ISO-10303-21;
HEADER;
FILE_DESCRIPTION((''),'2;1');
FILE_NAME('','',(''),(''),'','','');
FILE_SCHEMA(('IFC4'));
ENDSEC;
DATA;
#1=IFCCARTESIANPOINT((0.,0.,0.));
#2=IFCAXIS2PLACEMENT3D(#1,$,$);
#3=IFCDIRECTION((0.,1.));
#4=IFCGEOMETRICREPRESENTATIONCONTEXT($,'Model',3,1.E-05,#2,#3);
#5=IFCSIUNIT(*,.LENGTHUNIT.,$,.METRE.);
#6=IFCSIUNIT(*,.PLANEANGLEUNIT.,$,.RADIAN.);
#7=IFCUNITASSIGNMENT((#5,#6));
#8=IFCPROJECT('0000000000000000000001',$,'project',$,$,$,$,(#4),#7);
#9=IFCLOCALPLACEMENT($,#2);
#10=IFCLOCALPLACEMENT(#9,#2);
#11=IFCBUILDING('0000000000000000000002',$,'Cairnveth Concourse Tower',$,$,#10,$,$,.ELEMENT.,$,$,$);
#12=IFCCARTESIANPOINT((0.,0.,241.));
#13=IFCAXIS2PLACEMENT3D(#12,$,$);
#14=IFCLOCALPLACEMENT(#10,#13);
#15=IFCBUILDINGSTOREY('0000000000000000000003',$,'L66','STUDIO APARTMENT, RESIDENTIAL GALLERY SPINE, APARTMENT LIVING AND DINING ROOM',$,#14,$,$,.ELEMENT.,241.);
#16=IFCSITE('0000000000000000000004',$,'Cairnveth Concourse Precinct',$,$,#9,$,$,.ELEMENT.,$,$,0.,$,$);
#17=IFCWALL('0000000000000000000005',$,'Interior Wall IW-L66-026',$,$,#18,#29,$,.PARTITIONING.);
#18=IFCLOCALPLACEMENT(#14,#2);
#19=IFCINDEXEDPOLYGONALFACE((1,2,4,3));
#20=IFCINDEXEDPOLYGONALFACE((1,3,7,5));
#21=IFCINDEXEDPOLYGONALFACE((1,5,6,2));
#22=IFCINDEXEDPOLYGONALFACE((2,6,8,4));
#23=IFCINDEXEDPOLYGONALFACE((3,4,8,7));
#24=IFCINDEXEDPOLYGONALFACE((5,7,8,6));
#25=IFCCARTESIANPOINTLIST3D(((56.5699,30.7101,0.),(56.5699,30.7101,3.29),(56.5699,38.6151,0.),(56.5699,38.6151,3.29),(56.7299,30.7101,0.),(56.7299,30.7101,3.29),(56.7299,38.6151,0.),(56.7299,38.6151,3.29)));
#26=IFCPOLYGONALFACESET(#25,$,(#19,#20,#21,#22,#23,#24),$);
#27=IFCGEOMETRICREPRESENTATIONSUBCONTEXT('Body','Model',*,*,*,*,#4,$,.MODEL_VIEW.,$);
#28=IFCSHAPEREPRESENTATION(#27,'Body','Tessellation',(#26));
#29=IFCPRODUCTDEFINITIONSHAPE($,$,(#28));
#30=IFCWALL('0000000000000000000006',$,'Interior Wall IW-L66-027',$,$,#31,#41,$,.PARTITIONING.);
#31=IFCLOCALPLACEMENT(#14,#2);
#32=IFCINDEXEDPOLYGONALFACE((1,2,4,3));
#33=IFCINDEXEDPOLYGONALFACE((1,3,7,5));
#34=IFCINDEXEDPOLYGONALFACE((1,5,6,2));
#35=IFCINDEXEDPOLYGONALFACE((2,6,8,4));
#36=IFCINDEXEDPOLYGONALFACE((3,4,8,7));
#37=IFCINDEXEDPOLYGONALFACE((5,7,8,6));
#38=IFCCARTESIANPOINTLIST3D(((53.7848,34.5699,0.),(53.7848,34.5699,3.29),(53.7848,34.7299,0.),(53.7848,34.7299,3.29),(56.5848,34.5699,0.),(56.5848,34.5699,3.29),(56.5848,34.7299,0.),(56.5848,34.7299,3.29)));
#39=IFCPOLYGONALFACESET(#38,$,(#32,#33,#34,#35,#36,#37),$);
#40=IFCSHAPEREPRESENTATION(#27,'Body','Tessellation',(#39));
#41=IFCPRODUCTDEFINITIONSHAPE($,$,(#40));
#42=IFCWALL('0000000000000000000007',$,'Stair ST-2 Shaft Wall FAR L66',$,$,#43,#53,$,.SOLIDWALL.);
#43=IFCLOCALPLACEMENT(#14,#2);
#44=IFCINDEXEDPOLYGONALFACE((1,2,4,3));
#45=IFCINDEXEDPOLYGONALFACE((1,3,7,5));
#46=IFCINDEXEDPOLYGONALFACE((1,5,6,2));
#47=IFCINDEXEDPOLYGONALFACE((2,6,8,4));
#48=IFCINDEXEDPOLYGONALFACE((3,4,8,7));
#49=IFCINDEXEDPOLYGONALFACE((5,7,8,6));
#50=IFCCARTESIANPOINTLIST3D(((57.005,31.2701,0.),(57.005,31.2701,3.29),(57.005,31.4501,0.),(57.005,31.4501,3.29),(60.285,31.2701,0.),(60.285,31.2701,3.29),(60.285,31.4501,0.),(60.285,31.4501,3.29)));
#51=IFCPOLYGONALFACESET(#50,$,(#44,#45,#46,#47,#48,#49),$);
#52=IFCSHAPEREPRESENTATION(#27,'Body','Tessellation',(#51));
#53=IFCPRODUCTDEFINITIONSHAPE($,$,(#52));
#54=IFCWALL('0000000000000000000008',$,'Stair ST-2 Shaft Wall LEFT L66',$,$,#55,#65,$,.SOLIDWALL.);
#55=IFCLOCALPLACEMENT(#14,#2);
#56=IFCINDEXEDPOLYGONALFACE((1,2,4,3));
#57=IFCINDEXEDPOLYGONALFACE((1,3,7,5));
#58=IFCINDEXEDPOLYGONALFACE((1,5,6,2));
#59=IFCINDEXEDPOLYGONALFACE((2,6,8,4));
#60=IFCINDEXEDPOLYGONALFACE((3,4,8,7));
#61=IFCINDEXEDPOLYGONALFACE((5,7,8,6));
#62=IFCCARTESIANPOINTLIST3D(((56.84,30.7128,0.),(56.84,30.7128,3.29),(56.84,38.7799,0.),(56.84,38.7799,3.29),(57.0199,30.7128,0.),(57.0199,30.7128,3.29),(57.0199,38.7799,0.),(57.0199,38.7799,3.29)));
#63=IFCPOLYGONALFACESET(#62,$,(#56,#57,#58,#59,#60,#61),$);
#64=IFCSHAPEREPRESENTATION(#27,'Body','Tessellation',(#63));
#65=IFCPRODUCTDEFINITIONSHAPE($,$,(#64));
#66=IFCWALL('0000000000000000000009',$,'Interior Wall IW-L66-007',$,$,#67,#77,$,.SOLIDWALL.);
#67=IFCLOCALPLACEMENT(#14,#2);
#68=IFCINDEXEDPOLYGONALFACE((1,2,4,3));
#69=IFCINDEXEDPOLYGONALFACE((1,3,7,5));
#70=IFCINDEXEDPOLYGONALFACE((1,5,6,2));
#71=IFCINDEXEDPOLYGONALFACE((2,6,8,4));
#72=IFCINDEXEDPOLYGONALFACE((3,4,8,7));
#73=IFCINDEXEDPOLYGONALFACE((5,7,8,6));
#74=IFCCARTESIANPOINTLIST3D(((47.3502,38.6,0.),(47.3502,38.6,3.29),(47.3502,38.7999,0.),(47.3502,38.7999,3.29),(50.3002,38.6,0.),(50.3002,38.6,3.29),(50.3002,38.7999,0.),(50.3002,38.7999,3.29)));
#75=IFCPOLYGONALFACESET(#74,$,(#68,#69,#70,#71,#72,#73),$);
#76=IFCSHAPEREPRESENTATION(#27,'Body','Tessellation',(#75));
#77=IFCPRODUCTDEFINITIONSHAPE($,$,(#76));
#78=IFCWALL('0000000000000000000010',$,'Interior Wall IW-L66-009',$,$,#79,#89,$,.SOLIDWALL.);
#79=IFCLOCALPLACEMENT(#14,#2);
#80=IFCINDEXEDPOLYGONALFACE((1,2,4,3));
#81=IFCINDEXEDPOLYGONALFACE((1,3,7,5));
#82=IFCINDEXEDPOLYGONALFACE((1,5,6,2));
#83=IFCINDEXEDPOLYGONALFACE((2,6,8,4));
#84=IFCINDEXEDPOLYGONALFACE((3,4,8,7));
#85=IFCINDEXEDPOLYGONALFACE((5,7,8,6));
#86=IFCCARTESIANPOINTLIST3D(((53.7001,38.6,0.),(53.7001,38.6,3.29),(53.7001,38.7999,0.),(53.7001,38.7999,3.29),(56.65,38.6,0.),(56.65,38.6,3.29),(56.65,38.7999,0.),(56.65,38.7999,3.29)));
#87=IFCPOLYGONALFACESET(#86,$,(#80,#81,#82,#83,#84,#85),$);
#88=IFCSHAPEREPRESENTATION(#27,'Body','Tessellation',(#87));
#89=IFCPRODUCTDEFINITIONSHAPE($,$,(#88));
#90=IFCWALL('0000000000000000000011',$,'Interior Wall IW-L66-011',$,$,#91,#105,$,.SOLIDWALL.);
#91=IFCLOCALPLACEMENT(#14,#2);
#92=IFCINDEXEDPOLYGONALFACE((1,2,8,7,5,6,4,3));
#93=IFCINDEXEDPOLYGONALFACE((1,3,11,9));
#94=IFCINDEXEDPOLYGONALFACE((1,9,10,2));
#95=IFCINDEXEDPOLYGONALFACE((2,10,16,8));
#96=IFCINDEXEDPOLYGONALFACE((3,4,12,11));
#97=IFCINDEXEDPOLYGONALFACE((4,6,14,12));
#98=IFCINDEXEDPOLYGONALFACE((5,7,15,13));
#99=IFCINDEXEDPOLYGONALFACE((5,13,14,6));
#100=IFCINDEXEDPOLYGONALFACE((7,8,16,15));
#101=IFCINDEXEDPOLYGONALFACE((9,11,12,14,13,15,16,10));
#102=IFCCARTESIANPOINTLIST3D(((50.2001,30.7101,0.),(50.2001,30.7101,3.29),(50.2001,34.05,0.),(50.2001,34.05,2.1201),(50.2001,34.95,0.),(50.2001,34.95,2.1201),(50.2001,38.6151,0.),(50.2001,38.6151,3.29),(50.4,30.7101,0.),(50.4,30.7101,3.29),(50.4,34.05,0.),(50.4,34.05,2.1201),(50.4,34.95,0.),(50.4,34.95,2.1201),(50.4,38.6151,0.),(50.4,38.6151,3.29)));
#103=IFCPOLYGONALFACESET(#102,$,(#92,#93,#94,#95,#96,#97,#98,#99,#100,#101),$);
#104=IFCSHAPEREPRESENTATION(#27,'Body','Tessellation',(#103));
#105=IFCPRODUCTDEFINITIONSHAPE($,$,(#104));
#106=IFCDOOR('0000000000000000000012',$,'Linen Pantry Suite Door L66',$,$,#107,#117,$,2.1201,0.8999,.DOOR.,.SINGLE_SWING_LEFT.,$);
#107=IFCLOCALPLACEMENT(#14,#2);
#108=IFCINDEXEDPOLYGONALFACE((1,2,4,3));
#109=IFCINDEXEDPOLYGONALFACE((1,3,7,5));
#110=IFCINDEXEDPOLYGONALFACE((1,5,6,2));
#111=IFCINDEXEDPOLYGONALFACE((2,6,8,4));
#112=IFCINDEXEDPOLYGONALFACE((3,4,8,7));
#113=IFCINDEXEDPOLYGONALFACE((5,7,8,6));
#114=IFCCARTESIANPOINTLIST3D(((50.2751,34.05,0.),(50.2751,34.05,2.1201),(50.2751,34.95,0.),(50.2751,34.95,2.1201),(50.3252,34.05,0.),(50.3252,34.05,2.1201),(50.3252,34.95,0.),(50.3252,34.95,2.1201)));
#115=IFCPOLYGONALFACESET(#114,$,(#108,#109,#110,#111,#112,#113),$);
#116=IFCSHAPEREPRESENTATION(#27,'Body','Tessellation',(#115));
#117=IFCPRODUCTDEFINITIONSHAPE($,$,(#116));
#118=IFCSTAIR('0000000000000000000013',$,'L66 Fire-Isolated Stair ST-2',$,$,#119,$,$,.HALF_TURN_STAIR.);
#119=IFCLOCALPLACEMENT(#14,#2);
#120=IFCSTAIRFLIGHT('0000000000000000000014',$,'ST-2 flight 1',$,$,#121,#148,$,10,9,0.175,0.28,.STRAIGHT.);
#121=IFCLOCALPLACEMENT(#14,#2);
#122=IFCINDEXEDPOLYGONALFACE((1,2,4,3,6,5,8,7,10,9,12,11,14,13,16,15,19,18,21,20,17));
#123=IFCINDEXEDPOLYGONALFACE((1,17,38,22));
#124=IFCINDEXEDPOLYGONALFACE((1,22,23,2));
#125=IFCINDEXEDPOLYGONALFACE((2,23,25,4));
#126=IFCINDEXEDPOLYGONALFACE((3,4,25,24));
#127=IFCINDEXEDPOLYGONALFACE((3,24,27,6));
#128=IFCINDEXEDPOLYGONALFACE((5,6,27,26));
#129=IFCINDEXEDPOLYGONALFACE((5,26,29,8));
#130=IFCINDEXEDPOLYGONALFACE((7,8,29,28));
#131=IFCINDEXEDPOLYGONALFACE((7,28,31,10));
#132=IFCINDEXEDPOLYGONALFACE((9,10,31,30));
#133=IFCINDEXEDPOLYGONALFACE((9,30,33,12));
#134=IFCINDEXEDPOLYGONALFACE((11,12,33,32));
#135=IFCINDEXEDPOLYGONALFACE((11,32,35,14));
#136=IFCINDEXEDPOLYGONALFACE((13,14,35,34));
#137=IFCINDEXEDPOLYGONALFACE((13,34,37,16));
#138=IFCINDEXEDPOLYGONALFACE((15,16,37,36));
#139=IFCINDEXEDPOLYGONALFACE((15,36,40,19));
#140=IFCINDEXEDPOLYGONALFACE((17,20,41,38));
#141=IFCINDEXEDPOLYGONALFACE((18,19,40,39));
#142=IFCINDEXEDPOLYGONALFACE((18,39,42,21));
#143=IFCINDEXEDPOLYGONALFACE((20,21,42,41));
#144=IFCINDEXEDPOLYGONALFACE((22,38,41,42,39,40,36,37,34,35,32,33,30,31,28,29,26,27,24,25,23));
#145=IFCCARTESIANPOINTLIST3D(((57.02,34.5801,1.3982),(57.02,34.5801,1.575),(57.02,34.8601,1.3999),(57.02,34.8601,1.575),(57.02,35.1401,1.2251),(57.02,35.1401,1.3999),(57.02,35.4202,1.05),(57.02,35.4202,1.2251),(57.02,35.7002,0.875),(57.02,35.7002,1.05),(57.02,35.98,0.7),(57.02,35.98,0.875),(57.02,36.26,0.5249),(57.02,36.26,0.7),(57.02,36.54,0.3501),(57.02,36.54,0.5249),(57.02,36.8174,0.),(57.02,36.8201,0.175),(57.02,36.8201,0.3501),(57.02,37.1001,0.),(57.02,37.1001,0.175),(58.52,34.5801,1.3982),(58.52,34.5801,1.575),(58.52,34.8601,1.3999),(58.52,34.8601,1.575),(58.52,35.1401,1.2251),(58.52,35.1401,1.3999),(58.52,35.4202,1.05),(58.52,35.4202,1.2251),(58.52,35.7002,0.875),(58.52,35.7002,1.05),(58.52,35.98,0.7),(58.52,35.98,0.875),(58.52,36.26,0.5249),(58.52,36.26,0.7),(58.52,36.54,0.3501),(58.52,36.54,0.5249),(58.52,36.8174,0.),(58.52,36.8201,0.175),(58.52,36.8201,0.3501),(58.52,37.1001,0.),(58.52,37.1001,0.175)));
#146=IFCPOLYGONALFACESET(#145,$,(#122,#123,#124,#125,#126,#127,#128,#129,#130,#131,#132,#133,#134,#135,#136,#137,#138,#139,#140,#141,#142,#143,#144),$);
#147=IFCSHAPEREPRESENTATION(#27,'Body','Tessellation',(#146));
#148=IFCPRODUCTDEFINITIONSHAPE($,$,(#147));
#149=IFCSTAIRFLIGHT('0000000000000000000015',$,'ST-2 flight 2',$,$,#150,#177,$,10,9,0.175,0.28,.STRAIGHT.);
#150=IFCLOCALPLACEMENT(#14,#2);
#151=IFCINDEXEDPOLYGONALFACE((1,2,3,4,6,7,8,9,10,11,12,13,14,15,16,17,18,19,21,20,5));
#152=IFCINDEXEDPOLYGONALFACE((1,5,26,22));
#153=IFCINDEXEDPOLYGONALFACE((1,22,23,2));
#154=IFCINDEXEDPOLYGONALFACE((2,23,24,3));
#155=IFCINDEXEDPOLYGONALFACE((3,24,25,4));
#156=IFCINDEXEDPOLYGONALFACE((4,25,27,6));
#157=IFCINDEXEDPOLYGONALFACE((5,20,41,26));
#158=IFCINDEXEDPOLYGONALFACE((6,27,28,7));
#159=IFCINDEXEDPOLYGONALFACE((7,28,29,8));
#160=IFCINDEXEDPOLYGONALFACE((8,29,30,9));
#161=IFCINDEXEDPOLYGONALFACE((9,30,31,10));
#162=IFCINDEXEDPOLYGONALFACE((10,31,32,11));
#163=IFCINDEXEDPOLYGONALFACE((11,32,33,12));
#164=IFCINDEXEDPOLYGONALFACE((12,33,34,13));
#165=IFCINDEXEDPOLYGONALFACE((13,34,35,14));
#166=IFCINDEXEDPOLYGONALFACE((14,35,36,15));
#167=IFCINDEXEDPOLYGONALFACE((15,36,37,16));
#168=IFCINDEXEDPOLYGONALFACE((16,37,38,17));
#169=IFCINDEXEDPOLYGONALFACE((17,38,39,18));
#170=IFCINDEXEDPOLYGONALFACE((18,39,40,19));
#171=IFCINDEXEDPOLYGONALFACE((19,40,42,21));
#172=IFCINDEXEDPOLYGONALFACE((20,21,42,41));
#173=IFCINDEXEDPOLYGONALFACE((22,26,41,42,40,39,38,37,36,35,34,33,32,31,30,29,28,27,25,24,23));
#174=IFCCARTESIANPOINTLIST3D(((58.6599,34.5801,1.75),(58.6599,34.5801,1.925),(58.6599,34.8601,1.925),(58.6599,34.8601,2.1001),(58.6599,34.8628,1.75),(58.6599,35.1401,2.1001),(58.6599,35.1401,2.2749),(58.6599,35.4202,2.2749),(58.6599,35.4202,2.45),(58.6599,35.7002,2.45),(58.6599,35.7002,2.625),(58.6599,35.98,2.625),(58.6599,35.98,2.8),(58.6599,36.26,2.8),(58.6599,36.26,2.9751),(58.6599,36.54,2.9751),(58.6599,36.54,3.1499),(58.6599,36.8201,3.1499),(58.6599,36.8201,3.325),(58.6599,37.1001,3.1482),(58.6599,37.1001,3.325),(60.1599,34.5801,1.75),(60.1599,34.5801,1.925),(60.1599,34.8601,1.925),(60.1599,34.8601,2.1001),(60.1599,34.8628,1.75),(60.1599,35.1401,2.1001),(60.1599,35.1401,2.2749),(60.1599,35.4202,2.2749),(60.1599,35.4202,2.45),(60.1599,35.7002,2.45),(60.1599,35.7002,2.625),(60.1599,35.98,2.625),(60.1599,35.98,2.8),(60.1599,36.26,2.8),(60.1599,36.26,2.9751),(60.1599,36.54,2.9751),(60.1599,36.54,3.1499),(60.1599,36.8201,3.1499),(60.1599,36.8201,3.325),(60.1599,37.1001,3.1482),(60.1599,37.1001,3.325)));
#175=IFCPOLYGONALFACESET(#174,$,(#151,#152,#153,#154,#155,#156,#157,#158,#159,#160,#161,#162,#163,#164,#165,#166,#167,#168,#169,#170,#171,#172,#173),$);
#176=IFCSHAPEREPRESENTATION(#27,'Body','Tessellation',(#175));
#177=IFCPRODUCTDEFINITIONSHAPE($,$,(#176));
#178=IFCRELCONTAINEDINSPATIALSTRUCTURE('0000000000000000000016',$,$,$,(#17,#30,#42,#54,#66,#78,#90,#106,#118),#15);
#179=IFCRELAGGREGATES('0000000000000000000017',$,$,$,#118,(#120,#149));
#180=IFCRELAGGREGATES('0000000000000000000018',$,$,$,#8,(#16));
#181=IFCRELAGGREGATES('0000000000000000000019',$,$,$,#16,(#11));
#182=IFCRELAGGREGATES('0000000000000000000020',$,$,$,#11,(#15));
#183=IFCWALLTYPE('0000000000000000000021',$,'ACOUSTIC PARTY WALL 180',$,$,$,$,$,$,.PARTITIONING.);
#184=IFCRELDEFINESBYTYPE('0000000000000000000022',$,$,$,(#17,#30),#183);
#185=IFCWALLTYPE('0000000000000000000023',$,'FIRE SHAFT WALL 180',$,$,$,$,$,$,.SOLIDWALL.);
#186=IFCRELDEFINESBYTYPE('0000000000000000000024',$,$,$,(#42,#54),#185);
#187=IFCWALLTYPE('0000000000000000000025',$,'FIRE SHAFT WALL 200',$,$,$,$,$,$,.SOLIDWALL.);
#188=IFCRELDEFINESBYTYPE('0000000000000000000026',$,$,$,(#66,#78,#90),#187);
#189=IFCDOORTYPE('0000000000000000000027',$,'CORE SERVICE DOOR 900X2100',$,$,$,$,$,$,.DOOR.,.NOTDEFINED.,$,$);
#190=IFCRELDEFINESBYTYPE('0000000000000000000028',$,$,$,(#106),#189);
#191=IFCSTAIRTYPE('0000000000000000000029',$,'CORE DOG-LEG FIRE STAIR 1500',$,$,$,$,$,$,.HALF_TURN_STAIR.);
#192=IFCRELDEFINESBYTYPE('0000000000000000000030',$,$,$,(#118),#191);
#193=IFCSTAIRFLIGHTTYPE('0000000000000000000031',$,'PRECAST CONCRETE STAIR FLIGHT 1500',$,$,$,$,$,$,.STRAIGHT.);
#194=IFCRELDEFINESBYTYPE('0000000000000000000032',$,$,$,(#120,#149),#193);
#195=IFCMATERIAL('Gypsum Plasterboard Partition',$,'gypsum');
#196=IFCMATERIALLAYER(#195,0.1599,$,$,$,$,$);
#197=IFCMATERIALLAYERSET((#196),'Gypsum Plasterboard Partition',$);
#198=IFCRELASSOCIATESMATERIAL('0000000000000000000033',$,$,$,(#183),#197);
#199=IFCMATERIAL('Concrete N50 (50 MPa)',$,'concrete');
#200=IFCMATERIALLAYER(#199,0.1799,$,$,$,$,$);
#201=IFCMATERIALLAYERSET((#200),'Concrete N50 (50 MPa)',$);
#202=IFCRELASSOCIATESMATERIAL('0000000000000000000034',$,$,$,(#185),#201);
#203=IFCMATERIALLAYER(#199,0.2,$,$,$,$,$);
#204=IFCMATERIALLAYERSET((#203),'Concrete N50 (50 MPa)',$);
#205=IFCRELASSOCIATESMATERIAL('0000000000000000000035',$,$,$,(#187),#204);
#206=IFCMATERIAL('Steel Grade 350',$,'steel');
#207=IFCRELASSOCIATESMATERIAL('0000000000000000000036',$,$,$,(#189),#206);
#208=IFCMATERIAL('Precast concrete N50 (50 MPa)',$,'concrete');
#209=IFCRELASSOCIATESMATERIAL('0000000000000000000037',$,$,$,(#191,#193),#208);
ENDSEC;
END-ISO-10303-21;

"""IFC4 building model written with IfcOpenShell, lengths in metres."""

from ifc_helpers import new_model, si_unit, direction, frame, frame_2d, origin, place, context, subcontext, project, spatial, polyline, rectangle, outline, extrude, material, layer, layer_set, type_object, element, fill, aggregate, save


model = new_model("IFC4")

# Units and contexts
model_context = context("Model", 3, precision=1e-05, world=origin(), true_north=direction((0.0, 1.0)))
body_context = subcontext(model_context, "Body", "Model", "MODEL_VIEW")
ifc_project = project(units=[si_unit("LENGTHUNIT", "METRE"), si_unit("PLANEANGLEUNIT", "RADIAN")], contexts=[model_context])

# Site, building, storey
site_placement = place(None, origin())
site = spatial("IfcSite", under=ifc_project, at=site_placement, Name="Cairnveth Concourse Precinct", CompositionType="ELEMENT", RefElevation=0.0)
building_placement = place(site_placement, origin())
building = spatial("IfcBuilding", under=site, at=building_placement, Name="Cairnveth Concourse Tower", CompositionType="ELEMENT")
storey_placement = place(building_placement, frame((0.0, 0.0, 241.0)))
storey = spatial("IfcBuildingStorey", under=building, at=storey_placement, Name="L66", Description="STUDIO APARTMENT, RESIDENTIAL GALLERY SPINE, APARTMENT LIVING AND DINING ROOM", CompositionType="ELEMENT", Elevation=241.0)

# Walls
ifc_material_1 = material(Name="Gypsum Plasterboard Partition", Category="gypsum")
ifc_layer_1 = layer(ifc_material_1, 0.1599)
ifc_layer_set_1 = layer_set([ifc_layer_1], Name="Gypsum Plasterboard Partition")
wall_type_1 = type_object("IfcWallType", Name="ACOUSTIC PARTY WALL 180", PredefinedType="PARTITIONING", material=ifc_layer_set_1)
wall_1_placement = place(storey_placement, frame((56.6499, 30.71, 0.0), z_axis=(0.0, 0.0, 1.0), x_axis=(0.0, 1.0, 0.0)))
element("IfcWall", 1, at=wall_1_placement, inside=storey, type_object=wall_type_1, Name="Interior Wall IW-L66-026", PredefinedType="PARTITIONING", context=body_context, shape_type="SweptSolid", body=[
    extrude(rectangle(XDim=7.905, YDim=0.1599, at=frame_2d((3.9526, 0.0))), origin(), (0.0, 0.0, 1.0), 3.29),
])
wall_2_placement = place(storey_placement, frame((53.7849, 34.6499, 0.0), z_axis=(0.0, 0.0, 1.0), x_axis=(1.0, 0.0, 0.0)))
element("IfcWall", 2, at=wall_2_placement, inside=storey, type_object=wall_type_1, Name="Interior Wall IW-L66-027", PredefinedType="PARTITIONING", context=body_context, shape_type="SweptSolid", body=[
    extrude(rectangle(XDim=2.8, YDim=0.1599, at=frame_2d((1.3999, 0.0))), origin(), (0.0, 0.0, 1.0), 3.29),
])

# Shared definitions
ifc_material_2 = material(Name="Concrete N50 (50 MPa)", Category="concrete")
ifc_layer_2 = layer(ifc_material_2, 0.1799)
ifc_layer_set_2 = layer_set([ifc_layer_2], Name="Concrete N50 (50 MPa)")
wall_type_2 = type_object("IfcWallType", Name="FIRE SHAFT WALL 180", PredefinedType="SOLIDWALL", material=ifc_layer_set_2)
ifc_material_3 = material(Name="Steel Grade 350", Category="steel")

# Walls
wall_3_placement = place(storey_placement, frame((57.0049, 31.3601, 0.0), z_axis=(0.0, 0.0, 1.0), x_axis=(1.0, 0.0, 0.0)))
element("IfcWall", 3, at=wall_3_placement, inside=storey, type_object=wall_type_2, Name="Stair ST-2 Shaft Wall FAR L66", PredefinedType="SOLIDWALL", context=body_context, shape_type="SweptSolid", body=[
    extrude(rectangle(XDim=3.28, YDim=0.1799, at=frame_2d((1.6401, 0.0))), origin(), (0.0, 0.0, 1.0), 3.29),
])
wall_4_placement = place(storey_placement, frame((56.9299, 38.78, 0.0), z_axis=(0.0, 0.0, 1.0), x_axis=(0.0, -1.0, 0.0)))
element("IfcWall", 4, at=wall_4_placement, inside=storey, type_object=wall_type_2, Name="Stair ST-2 Shaft Wall LEFT L66", PredefinedType="SOLIDWALL", context=body_context, shape_type="SweptSolid", body=[
    extrude(rectangle(XDim=8.0671, YDim=0.1799, at=frame_2d((4.0337, 0.0))), origin(), (0.0, 0.0, 1.0), 3.29),
])
ifc_layer_3 = layer(ifc_material_2, 0.2)
ifc_layer_set_3 = layer_set([ifc_layer_3], Name="Concrete N50 (50 MPa)")
wall_type_3 = type_object("IfcWallType", Name="FIRE SHAFT WALL 200", PredefinedType="SOLIDWALL", material=ifc_layer_set_3)
for number, where, z_axis, x_axis, name in (
    (5, (47.3501, 38.7, 0.0), (0.0, 0.0, 1.0), (1.0, 0.0, 0.0), "Interior Wall IW-L66-007"),
    (6, (53.7, 38.7, 0.0), (0.0, 0.0, 1.0), (1.0, 0.0, 0.0), "Interior Wall IW-L66-009"),
):
    element("IfcWall", number, at=place(storey_placement, frame(where, z_axis=z_axis, x_axis=x_axis)), inside=storey, type_object=wall_type_3, Name=name, PredefinedType="SOLIDWALL", context=body_context, shape_type="SweptSolid", body=[
        extrude(rectangle(XDim=2.95, YDim=0.2, at=frame_2d((1.4751, 0.0))), origin(), (0.0, 0.0, 1.0), 3.29),
    ])

# Wall, opening, door
wall_5_placement = place(storey_placement, frame((50.3, 30.71, 0.0), z_axis=(0.0, 0.0, 1.0), x_axis=(0.0, 1.0, 0.0)))
wall_5 = element("IfcWall", 7, at=wall_5_placement, inside=storey, type_object=wall_type_3, Name="Interior Wall IW-L66-011", PredefinedType="SOLIDWALL", context=body_context, shape_type="SweptSolid", body=[
    extrude(rectangle(XDim=7.905, YDim=0.2, at=frame_2d((3.9526, 0.0))), origin(), (0.0, 0.0, 1.0), 3.29),
])
opening_1_placement = place(wall_5_placement, frame((3.3401, 0.0, 0.0)))
opening_1 = element("IfcOpeningElement", 8, at=opening_1_placement, cuts=wall_5, PredefinedType="OPENING", context=body_context, shape_type="SweptSolid", body=[
    extrude(rectangle(XDim=0.8999, YDim=2.1201, at=frame_2d((0.45, 1.0601))), frame((0.0, 0.1099, 0.0), z_axis=(0.0, -1.0, 0.0), x_axis=(1.0, 0.0, 0.0)), (0.0, 0.0, 1.0), 0.22),
])
door_type_1 = type_object("IfcDoorType", Name="CORE SERVICE DOOR 900X2100", OperationType="NOTDEFINED", PredefinedType="DOOR", material=ifc_material_3)
door_1_placement = place(opening_1_placement, origin())
door_1 = element("IfcDoor", 9, at=door_1_placement, inside=storey, type_object=door_type_1, Name="Linen Pantry Suite Door L66", OperationType="SINGLE_SWING_LEFT", OverallHeight=2.1201, OverallWidth=0.8999, PredefinedType="DOOR", context=body_context, shape_type="SweptSolid", body=[
    extrude(rectangle(XDim=0.8999, YDim=2.1201, at=frame_2d((0.45, 1.0601))), frame((0.0, 0.0249, 0.0), z_axis=(0.0, -1.0, 0.0), x_axis=(1.0, 0.0, 0.0)), (0.0, 0.0, 1.0), 0.05),
])
fill(opening_1, door_1)

# Stair, stair flights
ifc_material_4 = material(Name="Precast concrete N50 (50 MPa)", Category="concrete")
stair_type = type_object("IfcStairType", Name="CORE DOG-LEG FIRE STAIR 1500", PredefinedType="HALF_TURN_STAIR", material=ifc_material_4)
stair_placement = place(storey_placement, origin())
stair = element("IfcStair", 10, at=stair_placement, inside=storey, type_object=stair_type, Name="L66 Fire-Isolated Stair ST-2", PredefinedType="HALF_TURN_STAIR")
stair_flight_type = type_object("IfcStairFlightType", Name="PRECAST CONCRETE STAIR FLIGHT 1500", PredefinedType="STRAIGHT", material=ifc_material_4)
stair_flight_1_placement = place(storey_placement, frame((57.77, 37.1001, 0.0), z_axis=(0.0, 0.0, 1.0), x_axis=(0.0, -1.0, 0.0)))
stair_flight_1 = element("IfcStairFlight", 11, at=stair_flight_1_placement, type_object=stair_flight_type, Name="ST-2 flight 1", NumberOfRisers=10, NumberOfTreads=9, PredefinedType="STRAIGHT", RiserHeight=0.175, TreadLength=0.28, context=body_context, shape_type="SweptSolid", body=[
    extrude(outline(polyline([(0.0, 0.0), (0.0, 0.175), (0.28, 0.175), (0.28, 0.3501), (0.5601, 0.3501), (0.5601, 0.5249), (0.8401, 0.5249), (0.8401, 0.7), (1.1201, 0.7), (1.1201, 0.875), (1.3999, 0.875), (1.3999, 1.05), (1.6799, 1.05), (1.6799, 1.2251), (1.96, 1.2251), (1.96, 1.3999), (2.24, 1.3999), (2.24, 1.575), (2.52, 1.575), (2.52, 1.75), (2.52, 1.3982), (0.2827, 0.0), (0.0, 0.0)])), frame((0.0, 0.75, 0.0), z_axis=(0.0, -1.0, 0.0), x_axis=(1.0, 0.0, 0.0)), (0.0, 0.0, 1.0), 1.5),
])
stair_flight_2_placement = place(storey_placement, frame((59.4099, 34.5801, 1.75), z_axis=(0.0, 0.0, 1.0), x_axis=(0.0, 1.0, 0.0)))
stair_flight_2 = element("IfcStairFlight", 12, at=stair_flight_2_placement, type_object=stair_flight_type, Name="ST-2 flight 2", NumberOfRisers=10, NumberOfTreads=9, PredefinedType="STRAIGHT", RiserHeight=0.175, TreadLength=0.28, context=body_context, shape_type="SweptSolid", body=[
    extrude(outline(polyline([(0.0, 0.0), (0.0, 0.175), (0.28, 0.175), (0.28, 0.3501), (0.5601, 0.3501), (0.5601, 0.5249), (0.8401, 0.5249), (0.8401, 0.7), (1.1201, 0.7), (1.1201, 0.875), (1.3999, 0.875), (1.3999, 1.05), (1.6799, 1.05), (1.6799, 1.2251), (1.96, 1.2251), (1.96, 1.3999), (2.24, 1.3999), (2.24, 1.575), (2.52, 1.575), (2.52, 1.75), (2.52, 1.3982), (0.2827, 0.0), (0.0, 0.0)])), frame((0.0, 0.75, 0.0), z_axis=(0.0, -1.0, 0.0), x_axis=(1.0, 0.0, 0.0)), (0.0, 0.0, 1.0), 1.5),
])
aggregate(stair, [stair_flight_1, stair_flight_2])

save(model, "model.ifc")
